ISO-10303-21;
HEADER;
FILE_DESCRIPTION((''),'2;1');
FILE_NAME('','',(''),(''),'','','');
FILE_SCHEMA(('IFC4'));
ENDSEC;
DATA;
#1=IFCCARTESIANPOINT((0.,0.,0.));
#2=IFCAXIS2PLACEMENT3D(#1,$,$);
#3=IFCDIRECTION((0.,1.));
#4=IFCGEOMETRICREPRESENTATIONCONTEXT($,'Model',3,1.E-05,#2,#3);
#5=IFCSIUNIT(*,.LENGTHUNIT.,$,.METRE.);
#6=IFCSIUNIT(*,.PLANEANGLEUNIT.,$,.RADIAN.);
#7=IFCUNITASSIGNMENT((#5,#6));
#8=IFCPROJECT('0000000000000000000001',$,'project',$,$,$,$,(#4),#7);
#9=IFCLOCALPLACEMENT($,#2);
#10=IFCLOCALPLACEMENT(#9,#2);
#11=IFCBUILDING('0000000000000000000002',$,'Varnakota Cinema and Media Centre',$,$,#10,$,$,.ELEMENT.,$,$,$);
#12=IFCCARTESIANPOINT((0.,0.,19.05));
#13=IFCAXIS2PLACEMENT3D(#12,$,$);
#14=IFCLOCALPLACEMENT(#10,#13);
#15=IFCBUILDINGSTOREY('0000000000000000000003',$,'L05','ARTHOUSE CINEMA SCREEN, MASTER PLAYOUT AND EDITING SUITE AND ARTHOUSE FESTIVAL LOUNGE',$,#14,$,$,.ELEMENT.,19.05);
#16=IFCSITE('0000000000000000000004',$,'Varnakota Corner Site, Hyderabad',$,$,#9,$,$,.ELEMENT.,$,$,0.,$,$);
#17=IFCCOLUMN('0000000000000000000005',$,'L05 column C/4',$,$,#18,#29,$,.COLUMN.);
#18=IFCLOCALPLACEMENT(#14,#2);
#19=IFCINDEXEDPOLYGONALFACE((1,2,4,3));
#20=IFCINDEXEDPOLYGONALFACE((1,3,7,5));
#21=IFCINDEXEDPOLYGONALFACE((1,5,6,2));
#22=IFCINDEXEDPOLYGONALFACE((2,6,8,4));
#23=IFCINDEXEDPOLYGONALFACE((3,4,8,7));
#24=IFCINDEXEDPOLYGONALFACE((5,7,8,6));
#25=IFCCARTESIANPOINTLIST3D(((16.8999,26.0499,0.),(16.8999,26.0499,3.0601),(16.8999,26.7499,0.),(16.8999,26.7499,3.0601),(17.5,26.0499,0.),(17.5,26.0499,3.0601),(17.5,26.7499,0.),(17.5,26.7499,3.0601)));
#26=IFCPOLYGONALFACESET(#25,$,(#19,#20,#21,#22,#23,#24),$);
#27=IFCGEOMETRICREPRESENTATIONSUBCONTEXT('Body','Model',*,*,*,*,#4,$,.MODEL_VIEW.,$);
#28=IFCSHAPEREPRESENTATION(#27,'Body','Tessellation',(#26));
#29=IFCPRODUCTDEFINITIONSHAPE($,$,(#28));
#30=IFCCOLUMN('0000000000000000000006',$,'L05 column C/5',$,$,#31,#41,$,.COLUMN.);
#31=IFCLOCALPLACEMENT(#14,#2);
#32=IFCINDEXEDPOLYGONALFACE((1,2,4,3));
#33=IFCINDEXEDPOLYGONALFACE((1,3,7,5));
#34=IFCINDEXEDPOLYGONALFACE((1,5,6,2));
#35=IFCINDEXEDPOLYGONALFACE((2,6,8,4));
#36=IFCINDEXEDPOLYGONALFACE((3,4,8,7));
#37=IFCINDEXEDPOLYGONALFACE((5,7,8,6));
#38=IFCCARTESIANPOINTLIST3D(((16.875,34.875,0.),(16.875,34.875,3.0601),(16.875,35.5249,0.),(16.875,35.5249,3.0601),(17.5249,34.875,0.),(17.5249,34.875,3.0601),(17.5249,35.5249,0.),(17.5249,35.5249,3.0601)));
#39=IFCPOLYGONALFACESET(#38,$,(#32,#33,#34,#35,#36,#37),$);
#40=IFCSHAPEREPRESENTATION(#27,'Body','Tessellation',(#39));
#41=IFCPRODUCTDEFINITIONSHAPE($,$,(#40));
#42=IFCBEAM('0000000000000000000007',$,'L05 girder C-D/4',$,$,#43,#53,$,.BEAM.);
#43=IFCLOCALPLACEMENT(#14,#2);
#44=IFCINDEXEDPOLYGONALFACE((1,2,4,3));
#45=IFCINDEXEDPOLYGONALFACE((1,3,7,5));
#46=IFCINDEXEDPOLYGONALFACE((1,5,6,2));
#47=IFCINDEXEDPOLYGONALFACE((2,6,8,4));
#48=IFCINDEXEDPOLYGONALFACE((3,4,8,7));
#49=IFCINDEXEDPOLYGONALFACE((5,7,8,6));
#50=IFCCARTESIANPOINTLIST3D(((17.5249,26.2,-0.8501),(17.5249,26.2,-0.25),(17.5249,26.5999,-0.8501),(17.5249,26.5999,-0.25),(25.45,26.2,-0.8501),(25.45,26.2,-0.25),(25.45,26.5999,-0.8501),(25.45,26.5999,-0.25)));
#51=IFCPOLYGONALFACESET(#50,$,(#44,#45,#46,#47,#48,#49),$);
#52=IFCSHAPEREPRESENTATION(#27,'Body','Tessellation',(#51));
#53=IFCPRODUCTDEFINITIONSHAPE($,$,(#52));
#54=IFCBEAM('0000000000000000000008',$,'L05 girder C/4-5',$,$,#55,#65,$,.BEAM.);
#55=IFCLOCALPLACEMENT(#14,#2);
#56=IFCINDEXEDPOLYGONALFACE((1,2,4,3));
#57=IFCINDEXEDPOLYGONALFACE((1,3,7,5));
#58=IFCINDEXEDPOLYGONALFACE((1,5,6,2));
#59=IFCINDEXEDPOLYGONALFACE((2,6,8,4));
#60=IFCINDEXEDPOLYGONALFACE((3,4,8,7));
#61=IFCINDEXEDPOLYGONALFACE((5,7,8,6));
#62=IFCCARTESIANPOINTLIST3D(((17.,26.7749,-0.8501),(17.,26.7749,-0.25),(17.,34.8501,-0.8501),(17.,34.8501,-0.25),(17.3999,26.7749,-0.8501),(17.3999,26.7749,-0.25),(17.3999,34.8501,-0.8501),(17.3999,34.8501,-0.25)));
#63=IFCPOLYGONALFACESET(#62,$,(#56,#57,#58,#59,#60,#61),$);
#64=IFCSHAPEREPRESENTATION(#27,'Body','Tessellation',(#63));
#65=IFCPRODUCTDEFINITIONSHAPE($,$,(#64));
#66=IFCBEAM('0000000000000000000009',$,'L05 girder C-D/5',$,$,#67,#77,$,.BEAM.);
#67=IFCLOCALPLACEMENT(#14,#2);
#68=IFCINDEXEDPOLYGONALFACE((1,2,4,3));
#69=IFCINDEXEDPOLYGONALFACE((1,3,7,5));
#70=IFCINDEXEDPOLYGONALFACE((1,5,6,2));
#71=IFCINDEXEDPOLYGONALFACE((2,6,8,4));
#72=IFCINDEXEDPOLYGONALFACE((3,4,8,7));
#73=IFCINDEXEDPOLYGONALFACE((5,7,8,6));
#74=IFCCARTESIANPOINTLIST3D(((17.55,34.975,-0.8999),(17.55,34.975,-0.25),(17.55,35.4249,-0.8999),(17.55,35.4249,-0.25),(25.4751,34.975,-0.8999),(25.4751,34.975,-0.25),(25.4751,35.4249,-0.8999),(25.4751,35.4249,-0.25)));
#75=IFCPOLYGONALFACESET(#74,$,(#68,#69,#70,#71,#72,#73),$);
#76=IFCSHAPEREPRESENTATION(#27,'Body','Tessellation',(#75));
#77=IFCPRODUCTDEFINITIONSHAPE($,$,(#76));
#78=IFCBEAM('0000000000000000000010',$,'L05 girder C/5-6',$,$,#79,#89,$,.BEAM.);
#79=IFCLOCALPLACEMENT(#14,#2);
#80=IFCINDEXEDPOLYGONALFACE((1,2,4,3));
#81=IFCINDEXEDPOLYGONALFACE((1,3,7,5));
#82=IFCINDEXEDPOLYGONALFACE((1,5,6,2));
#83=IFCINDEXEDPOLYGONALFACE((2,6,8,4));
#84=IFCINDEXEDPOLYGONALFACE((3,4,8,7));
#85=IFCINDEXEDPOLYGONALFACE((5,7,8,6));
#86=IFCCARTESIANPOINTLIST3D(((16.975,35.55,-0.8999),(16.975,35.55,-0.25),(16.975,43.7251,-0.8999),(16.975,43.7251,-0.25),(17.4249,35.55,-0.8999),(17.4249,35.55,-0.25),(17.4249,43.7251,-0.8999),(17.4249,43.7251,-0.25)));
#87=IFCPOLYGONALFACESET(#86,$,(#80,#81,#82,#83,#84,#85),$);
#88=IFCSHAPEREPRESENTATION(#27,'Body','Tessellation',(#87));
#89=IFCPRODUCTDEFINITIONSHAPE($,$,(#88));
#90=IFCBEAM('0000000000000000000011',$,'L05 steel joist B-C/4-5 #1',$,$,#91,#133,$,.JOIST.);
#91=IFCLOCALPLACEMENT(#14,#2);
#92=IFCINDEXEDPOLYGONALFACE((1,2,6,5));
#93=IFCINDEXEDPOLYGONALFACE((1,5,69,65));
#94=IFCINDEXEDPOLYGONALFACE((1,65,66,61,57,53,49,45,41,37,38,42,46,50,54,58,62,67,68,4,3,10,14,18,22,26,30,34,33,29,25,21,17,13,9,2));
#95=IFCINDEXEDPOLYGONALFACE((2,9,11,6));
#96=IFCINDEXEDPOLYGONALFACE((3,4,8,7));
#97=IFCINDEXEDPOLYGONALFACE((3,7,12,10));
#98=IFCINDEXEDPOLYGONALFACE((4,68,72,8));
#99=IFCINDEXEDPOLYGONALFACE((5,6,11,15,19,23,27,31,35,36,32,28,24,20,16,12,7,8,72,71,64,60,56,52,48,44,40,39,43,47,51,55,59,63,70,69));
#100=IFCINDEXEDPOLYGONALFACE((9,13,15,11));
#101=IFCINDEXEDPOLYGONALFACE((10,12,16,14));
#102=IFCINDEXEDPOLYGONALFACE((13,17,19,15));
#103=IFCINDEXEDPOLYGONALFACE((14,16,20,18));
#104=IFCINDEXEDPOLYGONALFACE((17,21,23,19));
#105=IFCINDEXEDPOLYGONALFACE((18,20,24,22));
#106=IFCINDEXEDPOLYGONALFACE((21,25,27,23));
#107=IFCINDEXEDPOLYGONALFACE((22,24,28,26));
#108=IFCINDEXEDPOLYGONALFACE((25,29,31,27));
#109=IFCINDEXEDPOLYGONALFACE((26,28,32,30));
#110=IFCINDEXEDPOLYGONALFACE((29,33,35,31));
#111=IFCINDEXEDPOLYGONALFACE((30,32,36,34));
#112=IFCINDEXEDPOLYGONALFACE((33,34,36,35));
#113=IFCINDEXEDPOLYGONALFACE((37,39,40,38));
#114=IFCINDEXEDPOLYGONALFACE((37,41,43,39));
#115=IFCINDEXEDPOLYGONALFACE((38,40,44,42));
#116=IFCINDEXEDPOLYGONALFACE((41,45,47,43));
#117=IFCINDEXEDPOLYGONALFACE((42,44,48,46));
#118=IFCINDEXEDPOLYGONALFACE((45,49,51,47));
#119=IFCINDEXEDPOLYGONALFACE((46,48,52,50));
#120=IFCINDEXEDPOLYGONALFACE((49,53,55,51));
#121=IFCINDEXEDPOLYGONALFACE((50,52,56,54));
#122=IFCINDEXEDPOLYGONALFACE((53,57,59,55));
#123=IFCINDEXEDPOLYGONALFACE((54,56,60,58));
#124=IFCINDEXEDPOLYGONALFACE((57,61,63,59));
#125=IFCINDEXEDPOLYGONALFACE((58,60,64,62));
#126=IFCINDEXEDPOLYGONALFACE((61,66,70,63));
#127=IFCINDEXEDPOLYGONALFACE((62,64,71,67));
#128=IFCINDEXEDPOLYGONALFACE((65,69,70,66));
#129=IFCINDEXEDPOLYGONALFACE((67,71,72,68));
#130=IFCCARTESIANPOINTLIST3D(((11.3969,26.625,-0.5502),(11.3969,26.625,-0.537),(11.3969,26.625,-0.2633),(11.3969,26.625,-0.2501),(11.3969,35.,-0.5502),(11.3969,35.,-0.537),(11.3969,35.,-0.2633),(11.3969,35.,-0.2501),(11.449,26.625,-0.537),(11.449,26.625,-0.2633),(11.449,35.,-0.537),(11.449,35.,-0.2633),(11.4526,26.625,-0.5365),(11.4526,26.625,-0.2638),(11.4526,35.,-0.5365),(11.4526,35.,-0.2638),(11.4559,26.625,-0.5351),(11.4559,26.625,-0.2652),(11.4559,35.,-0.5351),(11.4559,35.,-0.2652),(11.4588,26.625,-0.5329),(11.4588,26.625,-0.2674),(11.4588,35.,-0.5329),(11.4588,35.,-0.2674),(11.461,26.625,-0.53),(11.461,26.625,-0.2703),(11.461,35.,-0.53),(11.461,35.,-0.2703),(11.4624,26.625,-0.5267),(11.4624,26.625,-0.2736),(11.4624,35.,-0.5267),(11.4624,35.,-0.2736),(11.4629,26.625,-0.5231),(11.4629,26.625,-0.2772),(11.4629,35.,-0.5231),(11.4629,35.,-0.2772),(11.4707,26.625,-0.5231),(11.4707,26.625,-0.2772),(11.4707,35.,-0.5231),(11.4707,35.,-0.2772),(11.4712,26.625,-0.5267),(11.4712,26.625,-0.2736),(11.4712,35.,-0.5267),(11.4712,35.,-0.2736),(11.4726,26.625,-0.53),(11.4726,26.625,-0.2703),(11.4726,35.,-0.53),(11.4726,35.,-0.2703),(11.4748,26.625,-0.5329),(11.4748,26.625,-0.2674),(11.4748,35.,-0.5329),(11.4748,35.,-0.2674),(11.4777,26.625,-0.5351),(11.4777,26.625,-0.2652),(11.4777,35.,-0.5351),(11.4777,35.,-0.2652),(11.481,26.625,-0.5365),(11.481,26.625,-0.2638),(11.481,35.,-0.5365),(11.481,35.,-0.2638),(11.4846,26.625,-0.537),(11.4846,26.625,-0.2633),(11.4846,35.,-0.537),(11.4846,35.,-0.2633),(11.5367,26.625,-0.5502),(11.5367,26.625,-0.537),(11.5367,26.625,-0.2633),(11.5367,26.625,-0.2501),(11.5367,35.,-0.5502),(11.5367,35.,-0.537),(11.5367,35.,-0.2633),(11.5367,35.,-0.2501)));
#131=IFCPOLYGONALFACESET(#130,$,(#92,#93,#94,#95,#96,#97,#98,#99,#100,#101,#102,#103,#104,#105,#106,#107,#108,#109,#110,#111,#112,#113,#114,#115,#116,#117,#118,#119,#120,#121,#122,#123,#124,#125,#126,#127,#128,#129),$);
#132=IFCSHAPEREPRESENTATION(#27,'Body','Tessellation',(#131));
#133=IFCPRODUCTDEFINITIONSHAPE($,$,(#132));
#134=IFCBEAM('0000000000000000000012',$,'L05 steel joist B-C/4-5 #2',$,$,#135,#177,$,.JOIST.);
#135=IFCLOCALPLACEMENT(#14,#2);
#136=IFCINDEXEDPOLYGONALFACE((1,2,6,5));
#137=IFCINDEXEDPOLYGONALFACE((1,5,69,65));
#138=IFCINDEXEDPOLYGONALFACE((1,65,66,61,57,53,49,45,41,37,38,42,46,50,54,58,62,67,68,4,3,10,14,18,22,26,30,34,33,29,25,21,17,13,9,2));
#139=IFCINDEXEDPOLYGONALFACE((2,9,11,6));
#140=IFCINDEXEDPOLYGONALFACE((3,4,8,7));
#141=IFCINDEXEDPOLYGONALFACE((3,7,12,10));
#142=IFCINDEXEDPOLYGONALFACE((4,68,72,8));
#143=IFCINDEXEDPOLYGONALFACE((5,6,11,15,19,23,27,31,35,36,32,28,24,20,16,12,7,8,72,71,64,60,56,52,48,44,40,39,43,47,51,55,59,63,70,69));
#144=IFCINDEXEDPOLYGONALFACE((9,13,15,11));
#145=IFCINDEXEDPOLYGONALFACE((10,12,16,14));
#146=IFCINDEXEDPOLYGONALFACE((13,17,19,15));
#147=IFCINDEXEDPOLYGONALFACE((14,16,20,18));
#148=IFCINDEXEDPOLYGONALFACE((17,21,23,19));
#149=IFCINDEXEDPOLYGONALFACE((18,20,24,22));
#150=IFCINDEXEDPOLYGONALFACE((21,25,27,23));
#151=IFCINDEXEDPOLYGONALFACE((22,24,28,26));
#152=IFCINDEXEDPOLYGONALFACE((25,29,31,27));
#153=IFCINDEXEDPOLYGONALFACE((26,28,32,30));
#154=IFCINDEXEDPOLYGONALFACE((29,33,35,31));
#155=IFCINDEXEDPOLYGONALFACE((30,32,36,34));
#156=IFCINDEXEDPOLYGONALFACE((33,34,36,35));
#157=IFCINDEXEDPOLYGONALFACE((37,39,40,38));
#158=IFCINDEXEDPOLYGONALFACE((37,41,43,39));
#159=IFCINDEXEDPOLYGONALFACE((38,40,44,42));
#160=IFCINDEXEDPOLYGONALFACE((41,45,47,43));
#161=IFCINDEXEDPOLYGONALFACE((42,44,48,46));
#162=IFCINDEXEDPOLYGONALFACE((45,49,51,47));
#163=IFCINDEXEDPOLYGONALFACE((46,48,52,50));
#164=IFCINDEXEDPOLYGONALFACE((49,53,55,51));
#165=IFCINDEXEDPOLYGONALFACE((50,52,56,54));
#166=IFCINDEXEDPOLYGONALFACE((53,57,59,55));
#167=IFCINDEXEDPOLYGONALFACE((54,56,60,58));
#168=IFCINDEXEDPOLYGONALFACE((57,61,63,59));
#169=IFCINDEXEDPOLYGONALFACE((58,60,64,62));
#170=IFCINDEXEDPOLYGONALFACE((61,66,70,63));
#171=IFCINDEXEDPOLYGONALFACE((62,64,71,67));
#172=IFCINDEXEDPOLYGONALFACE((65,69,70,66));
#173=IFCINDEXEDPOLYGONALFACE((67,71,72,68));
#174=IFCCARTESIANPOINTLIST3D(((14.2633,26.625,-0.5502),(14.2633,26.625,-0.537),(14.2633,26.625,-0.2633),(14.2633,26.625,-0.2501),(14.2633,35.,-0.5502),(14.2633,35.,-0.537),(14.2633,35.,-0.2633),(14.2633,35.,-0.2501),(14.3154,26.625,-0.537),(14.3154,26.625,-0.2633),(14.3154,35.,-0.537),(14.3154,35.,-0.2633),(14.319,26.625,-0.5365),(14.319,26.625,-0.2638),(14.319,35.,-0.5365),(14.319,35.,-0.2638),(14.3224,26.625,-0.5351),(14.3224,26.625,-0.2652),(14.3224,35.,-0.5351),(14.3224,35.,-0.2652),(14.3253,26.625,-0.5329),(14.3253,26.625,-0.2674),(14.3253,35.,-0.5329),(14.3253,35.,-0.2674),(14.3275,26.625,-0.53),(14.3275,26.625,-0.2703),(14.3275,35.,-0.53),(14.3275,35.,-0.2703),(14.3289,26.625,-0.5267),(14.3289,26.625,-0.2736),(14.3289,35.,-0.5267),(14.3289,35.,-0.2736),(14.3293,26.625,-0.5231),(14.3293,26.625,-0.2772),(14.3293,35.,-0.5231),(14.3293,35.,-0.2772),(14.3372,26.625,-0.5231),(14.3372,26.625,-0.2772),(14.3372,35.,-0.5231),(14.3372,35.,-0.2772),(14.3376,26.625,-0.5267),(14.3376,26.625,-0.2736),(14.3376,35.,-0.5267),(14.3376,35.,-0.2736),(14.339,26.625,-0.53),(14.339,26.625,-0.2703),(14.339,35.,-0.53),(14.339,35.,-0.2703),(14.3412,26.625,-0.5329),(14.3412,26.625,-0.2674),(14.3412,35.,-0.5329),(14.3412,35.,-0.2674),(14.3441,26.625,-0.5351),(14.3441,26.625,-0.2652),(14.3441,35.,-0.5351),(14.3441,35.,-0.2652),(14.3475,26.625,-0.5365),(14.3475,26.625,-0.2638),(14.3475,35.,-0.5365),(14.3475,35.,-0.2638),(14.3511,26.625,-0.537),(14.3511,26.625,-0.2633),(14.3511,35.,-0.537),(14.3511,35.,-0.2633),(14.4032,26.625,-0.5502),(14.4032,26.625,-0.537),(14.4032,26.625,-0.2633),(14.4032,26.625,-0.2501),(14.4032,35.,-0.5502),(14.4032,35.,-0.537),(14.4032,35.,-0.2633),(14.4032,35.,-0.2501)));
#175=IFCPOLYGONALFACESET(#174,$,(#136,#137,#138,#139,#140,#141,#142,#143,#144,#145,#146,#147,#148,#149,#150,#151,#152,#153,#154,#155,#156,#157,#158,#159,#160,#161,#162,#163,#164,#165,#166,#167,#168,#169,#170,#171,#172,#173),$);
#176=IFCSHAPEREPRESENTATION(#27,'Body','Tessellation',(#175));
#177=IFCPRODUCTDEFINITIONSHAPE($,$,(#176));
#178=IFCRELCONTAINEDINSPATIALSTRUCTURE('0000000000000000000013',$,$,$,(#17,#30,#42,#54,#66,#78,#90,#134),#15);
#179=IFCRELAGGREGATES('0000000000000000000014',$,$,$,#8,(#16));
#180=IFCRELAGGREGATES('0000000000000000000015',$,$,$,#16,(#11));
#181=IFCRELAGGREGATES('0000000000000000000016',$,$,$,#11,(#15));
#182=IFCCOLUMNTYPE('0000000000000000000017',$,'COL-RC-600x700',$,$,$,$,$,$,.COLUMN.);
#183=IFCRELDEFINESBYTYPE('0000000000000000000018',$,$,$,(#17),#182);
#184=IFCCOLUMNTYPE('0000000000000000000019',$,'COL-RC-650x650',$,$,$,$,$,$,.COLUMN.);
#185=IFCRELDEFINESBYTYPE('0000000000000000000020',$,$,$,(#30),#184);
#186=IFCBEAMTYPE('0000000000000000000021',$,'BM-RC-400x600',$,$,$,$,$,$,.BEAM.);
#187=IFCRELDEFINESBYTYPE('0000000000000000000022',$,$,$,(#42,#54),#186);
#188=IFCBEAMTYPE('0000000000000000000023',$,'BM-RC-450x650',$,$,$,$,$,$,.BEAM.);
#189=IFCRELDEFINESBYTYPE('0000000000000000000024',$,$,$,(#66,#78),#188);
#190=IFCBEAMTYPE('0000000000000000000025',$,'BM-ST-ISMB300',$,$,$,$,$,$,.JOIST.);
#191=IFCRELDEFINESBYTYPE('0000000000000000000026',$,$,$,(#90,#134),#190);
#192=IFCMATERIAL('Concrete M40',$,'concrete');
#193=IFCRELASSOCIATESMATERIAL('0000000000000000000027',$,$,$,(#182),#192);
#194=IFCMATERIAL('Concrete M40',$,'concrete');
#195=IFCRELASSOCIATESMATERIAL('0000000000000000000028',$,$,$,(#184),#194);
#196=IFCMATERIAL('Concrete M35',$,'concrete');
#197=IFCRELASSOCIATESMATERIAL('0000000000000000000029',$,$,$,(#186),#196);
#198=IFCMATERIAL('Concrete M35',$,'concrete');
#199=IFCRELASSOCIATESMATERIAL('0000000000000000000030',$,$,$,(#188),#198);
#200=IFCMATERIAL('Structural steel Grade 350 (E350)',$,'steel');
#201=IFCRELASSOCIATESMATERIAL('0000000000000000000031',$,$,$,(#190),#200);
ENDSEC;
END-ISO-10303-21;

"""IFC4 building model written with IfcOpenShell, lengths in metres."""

from ifc_helpers import new_model, si_unit, direction, frame, origin, origin_2d, place, context, subcontext, project, spatial, rectangle, i_section, extrude, material, material_profile, profile_set, type_object, element, save


model = new_model("IFC4")

# Units and contexts
model_context = context("Model", 3, precision=1e-05, world=origin(), true_north=direction((0.0, 1.0)))
body_context = subcontext(model_context, "Body", "Model", "MODEL_VIEW")
ifc_project = project(units=[si_unit("LENGTHUNIT", "METRE"), si_unit("PLANEANGLEUNIT", "RADIAN")], contexts=[model_context])

# Site, building, storey
site_placement = place(None, origin())
site = spatial("IfcSite", under=ifc_project, at=site_placement, Name="Varnakota Corner Site, Hyderabad", CompositionType="ELEMENT", RefElevation=0.0)
building_placement = place(site_placement, origin())
building = spatial("IfcBuilding", under=site, at=building_placement, Name="Varnakota Cinema and Media Centre", CompositionType="ELEMENT")
storey_placement = place(building_placement, frame((0.0, 0.0, 19.05)))
storey = spatial("IfcBuildingStorey", under=building, at=storey_placement, Name="L05", Description="ARTHOUSE CINEMA SCREEN, MASTER PLAYOUT AND EDITING SUITE AND ARTHOUSE FESTIVAL LOUNGE", CompositionType="ELEMENT", Elevation=19.05)

# Columns
ifc_material_1 = material(Name="Concrete M40", Category="concrete")
ifc_material_profile_1 = material_profile(ifc_material_1, rectangle(XDim=0.6001, YDim=0.7, at=origin_2d()), Name="RC 600x700")
ifc_profile_set_1 = profile_set([ifc_material_profile_1], Name="Concrete M40")
column_type_1 = type_object("IfcColumnType", Name="COL-RC-600x700", PredefinedType="COLUMN", material=ifc_profile_set_1)
column_1_placement = place(storey_placement, frame((17.2, 26.3999, 0.0), z_axis=(0.0, 0.0, 1.0), x_axis=(1.0, 0.0, 0.0)))
element("IfcColumn", 1, at=column_1_placement, inside=storey, type_object=column_type_1, Name="L05 column C/4", PredefinedType="COLUMN", context=body_context, shape_type="SweptSolid", body=[
    extrude(rectangle(XDim=0.6001, YDim=0.7, at=origin_2d()), origin(), (0.0, 0.0, 1.0), 3.0601),
])
ifc_material_2 = material(Name="Concrete M40", Category="concrete")
ifc_material_profile_2 = material_profile(ifc_material_2, rectangle(XDim=0.6499, YDim=0.6499, at=origin_2d()), Name="RC 650x650")
ifc_profile_set_2 = profile_set([ifc_material_profile_2], Name="Concrete M40")
column_type_2 = type_object("IfcColumnType", Name="COL-RC-650x650", PredefinedType="COLUMN", material=ifc_profile_set_2)
column_2_placement = place(storey_placement, frame((17.2, 35.2, 0.0), z_axis=(0.0, 0.0, 1.0), x_axis=(1.0, 0.0, 0.0)))
element("IfcColumn", 2, at=column_2_placement, inside=storey, type_object=column_type_2, Name="L05 column C/5", PredefinedType="COLUMN", context=body_context, shape_type="SweptSolid", body=[
    extrude(rectangle(XDim=0.6499, YDim=0.6499, at=origin_2d()), origin(), (0.0, 0.0, 1.0), 3.0601),
])

# Beams
ifc_material_3 = material(Name="Concrete M35", Category="concrete")
ifc_material_profile_3 = material_profile(ifc_material_3, rectangle(XDim=0.3999, YDim=0.6001, at=origin_2d()), Name="RCB 400x600")
ifc_profile_set_3 = profile_set([ifc_material_profile_3], Name="Concrete M35")
beam_type_1 = type_object("IfcBeamType", Name="BM-RC-400x600", PredefinedType="BEAM", material=ifc_profile_set_3)
beam_1_placement = place(storey_placement, frame((17.5249, 26.3999, -0.55), z_axis=(1.0, 0.0, 0.0), x_axis=(0.0, 1.0, 0.0)))
element("IfcBeam", 3, at=beam_1_placement, inside=storey, type_object=beam_type_1, Name="L05 girder C-D/4", PredefinedType="BEAM", context=body_context, shape_type="SweptSolid", body=[
    extrude(rectangle(XDim=0.3999, YDim=0.6001, at=origin_2d()), origin(), (0.0, 0.0, 1.0), 7.925),
])
beam_2_placement = place(storey_placement, frame((17.2, 26.7749, -0.55), z_axis=(0.0, 1.0, 0.0), x_axis=(-1.0, 0.0, 0.0)))
element("IfcBeam", 4, at=beam_2_placement, inside=storey, type_object=beam_type_1, Name="L05 girder C/4-5", PredefinedType="BEAM", context=body_context, shape_type="SweptSolid", body=[
    extrude(rectangle(XDim=0.3999, YDim=0.6001, at=origin_2d()), origin(), (0.0, 0.0, 1.0), 8.0752),
])
ifc_material_4 = material(Name="Concrete M35", Category="concrete")
ifc_material_profile_4 = material_profile(ifc_material_4, rectangle(XDim=0.45, YDim=0.6499, at=origin_2d()), Name="RCB 450x650")
ifc_profile_set_4 = profile_set([ifc_material_profile_4], Name="Concrete M35")
beam_type_2 = type_object("IfcBeamType", Name="BM-RC-450x650", PredefinedType="BEAM", material=ifc_profile_set_4)
beam_3_placement = place(storey_placement, frame((17.55, 35.2, -0.575), z_axis=(1.0, 0.0, 0.0), x_axis=(0.0, 1.0, 0.0)))
element("IfcBeam", 5, at=beam_3_placement, inside=storey, type_object=beam_type_2, Name="L05 girder C-D/5", PredefinedType="BEAM", context=body_context, shape_type="SweptSolid", body=[
    extrude(rectangle(XDim=0.45, YDim=0.6499, at=origin_2d()), origin(), (0.0, 0.0, 1.0), 7.925),
])
beam_4_placement = place(storey_placement, frame((17.2, 35.55, -0.575), z_axis=(0.0, 1.0, 0.0), x_axis=(-1.0, 0.0, 0.0)))
element("IfcBeam", 6, at=beam_4_placement, inside=storey, type_object=beam_type_2, Name="L05 girder C/5-6", PredefinedType="BEAM", context=body_context, shape_type="SweptSolid", body=[
    extrude(rectangle(XDim=0.45, YDim=0.6499, at=origin_2d()), origin(), (0.0, 0.0, 1.0), 8.175),
])
ifc_material_5 = material(Name="Structural steel Grade 350 (E350)", Category="steel")
ifc_material_profile_5 = material_profile(ifc_material_5, i_section(OverallWidth=0.1399, OverallDepth=0.3, WebThickness=0.0078, FlangeThickness=0.0132, FilletRadius=0.0139, at=origin_2d()), Name="ISMB 300")
ifc_profile_set_5 = profile_set([ifc_material_profile_5], Name="Structural steel Grade 350 (E350)")
beam_type_3 = type_object("IfcBeamType", Name="BM-ST-ISMB300", PredefinedType="JOIST", material=ifc_profile_set_5)
for number, where, z_axis, x_axis, name in (
    (7, (11.4668, 26.625, -0.4001), (0.0, 1.0, 0.0), (-1.0, 0.0, 0.0), "L05 steel joist B-C/4-5 #1"),
    (8, (14.3333, 26.625, -0.4001), (0.0, 1.0, 0.0), (-1.0, 0.0, 0.0), "L05 steel joist B-C/4-5 #2"),
):
    element("IfcBeam", number, at=place(storey_placement, frame(where, z_axis=z_axis, x_axis=x_axis)), inside=storey, type_object=beam_type_3, Name=name, PredefinedType="JOIST", context=body_context, shape_type="SweptSolid", body=[
        extrude(i_section(OverallWidth=0.1399, OverallDepth=0.3, WebThickness=0.0078, FlangeThickness=0.0132, FilletRadius=0.0139, at=origin_2d()), origin(), (0.0, 0.0, 1.0), 8.375),
    ])

save(model, "model.ifc")
